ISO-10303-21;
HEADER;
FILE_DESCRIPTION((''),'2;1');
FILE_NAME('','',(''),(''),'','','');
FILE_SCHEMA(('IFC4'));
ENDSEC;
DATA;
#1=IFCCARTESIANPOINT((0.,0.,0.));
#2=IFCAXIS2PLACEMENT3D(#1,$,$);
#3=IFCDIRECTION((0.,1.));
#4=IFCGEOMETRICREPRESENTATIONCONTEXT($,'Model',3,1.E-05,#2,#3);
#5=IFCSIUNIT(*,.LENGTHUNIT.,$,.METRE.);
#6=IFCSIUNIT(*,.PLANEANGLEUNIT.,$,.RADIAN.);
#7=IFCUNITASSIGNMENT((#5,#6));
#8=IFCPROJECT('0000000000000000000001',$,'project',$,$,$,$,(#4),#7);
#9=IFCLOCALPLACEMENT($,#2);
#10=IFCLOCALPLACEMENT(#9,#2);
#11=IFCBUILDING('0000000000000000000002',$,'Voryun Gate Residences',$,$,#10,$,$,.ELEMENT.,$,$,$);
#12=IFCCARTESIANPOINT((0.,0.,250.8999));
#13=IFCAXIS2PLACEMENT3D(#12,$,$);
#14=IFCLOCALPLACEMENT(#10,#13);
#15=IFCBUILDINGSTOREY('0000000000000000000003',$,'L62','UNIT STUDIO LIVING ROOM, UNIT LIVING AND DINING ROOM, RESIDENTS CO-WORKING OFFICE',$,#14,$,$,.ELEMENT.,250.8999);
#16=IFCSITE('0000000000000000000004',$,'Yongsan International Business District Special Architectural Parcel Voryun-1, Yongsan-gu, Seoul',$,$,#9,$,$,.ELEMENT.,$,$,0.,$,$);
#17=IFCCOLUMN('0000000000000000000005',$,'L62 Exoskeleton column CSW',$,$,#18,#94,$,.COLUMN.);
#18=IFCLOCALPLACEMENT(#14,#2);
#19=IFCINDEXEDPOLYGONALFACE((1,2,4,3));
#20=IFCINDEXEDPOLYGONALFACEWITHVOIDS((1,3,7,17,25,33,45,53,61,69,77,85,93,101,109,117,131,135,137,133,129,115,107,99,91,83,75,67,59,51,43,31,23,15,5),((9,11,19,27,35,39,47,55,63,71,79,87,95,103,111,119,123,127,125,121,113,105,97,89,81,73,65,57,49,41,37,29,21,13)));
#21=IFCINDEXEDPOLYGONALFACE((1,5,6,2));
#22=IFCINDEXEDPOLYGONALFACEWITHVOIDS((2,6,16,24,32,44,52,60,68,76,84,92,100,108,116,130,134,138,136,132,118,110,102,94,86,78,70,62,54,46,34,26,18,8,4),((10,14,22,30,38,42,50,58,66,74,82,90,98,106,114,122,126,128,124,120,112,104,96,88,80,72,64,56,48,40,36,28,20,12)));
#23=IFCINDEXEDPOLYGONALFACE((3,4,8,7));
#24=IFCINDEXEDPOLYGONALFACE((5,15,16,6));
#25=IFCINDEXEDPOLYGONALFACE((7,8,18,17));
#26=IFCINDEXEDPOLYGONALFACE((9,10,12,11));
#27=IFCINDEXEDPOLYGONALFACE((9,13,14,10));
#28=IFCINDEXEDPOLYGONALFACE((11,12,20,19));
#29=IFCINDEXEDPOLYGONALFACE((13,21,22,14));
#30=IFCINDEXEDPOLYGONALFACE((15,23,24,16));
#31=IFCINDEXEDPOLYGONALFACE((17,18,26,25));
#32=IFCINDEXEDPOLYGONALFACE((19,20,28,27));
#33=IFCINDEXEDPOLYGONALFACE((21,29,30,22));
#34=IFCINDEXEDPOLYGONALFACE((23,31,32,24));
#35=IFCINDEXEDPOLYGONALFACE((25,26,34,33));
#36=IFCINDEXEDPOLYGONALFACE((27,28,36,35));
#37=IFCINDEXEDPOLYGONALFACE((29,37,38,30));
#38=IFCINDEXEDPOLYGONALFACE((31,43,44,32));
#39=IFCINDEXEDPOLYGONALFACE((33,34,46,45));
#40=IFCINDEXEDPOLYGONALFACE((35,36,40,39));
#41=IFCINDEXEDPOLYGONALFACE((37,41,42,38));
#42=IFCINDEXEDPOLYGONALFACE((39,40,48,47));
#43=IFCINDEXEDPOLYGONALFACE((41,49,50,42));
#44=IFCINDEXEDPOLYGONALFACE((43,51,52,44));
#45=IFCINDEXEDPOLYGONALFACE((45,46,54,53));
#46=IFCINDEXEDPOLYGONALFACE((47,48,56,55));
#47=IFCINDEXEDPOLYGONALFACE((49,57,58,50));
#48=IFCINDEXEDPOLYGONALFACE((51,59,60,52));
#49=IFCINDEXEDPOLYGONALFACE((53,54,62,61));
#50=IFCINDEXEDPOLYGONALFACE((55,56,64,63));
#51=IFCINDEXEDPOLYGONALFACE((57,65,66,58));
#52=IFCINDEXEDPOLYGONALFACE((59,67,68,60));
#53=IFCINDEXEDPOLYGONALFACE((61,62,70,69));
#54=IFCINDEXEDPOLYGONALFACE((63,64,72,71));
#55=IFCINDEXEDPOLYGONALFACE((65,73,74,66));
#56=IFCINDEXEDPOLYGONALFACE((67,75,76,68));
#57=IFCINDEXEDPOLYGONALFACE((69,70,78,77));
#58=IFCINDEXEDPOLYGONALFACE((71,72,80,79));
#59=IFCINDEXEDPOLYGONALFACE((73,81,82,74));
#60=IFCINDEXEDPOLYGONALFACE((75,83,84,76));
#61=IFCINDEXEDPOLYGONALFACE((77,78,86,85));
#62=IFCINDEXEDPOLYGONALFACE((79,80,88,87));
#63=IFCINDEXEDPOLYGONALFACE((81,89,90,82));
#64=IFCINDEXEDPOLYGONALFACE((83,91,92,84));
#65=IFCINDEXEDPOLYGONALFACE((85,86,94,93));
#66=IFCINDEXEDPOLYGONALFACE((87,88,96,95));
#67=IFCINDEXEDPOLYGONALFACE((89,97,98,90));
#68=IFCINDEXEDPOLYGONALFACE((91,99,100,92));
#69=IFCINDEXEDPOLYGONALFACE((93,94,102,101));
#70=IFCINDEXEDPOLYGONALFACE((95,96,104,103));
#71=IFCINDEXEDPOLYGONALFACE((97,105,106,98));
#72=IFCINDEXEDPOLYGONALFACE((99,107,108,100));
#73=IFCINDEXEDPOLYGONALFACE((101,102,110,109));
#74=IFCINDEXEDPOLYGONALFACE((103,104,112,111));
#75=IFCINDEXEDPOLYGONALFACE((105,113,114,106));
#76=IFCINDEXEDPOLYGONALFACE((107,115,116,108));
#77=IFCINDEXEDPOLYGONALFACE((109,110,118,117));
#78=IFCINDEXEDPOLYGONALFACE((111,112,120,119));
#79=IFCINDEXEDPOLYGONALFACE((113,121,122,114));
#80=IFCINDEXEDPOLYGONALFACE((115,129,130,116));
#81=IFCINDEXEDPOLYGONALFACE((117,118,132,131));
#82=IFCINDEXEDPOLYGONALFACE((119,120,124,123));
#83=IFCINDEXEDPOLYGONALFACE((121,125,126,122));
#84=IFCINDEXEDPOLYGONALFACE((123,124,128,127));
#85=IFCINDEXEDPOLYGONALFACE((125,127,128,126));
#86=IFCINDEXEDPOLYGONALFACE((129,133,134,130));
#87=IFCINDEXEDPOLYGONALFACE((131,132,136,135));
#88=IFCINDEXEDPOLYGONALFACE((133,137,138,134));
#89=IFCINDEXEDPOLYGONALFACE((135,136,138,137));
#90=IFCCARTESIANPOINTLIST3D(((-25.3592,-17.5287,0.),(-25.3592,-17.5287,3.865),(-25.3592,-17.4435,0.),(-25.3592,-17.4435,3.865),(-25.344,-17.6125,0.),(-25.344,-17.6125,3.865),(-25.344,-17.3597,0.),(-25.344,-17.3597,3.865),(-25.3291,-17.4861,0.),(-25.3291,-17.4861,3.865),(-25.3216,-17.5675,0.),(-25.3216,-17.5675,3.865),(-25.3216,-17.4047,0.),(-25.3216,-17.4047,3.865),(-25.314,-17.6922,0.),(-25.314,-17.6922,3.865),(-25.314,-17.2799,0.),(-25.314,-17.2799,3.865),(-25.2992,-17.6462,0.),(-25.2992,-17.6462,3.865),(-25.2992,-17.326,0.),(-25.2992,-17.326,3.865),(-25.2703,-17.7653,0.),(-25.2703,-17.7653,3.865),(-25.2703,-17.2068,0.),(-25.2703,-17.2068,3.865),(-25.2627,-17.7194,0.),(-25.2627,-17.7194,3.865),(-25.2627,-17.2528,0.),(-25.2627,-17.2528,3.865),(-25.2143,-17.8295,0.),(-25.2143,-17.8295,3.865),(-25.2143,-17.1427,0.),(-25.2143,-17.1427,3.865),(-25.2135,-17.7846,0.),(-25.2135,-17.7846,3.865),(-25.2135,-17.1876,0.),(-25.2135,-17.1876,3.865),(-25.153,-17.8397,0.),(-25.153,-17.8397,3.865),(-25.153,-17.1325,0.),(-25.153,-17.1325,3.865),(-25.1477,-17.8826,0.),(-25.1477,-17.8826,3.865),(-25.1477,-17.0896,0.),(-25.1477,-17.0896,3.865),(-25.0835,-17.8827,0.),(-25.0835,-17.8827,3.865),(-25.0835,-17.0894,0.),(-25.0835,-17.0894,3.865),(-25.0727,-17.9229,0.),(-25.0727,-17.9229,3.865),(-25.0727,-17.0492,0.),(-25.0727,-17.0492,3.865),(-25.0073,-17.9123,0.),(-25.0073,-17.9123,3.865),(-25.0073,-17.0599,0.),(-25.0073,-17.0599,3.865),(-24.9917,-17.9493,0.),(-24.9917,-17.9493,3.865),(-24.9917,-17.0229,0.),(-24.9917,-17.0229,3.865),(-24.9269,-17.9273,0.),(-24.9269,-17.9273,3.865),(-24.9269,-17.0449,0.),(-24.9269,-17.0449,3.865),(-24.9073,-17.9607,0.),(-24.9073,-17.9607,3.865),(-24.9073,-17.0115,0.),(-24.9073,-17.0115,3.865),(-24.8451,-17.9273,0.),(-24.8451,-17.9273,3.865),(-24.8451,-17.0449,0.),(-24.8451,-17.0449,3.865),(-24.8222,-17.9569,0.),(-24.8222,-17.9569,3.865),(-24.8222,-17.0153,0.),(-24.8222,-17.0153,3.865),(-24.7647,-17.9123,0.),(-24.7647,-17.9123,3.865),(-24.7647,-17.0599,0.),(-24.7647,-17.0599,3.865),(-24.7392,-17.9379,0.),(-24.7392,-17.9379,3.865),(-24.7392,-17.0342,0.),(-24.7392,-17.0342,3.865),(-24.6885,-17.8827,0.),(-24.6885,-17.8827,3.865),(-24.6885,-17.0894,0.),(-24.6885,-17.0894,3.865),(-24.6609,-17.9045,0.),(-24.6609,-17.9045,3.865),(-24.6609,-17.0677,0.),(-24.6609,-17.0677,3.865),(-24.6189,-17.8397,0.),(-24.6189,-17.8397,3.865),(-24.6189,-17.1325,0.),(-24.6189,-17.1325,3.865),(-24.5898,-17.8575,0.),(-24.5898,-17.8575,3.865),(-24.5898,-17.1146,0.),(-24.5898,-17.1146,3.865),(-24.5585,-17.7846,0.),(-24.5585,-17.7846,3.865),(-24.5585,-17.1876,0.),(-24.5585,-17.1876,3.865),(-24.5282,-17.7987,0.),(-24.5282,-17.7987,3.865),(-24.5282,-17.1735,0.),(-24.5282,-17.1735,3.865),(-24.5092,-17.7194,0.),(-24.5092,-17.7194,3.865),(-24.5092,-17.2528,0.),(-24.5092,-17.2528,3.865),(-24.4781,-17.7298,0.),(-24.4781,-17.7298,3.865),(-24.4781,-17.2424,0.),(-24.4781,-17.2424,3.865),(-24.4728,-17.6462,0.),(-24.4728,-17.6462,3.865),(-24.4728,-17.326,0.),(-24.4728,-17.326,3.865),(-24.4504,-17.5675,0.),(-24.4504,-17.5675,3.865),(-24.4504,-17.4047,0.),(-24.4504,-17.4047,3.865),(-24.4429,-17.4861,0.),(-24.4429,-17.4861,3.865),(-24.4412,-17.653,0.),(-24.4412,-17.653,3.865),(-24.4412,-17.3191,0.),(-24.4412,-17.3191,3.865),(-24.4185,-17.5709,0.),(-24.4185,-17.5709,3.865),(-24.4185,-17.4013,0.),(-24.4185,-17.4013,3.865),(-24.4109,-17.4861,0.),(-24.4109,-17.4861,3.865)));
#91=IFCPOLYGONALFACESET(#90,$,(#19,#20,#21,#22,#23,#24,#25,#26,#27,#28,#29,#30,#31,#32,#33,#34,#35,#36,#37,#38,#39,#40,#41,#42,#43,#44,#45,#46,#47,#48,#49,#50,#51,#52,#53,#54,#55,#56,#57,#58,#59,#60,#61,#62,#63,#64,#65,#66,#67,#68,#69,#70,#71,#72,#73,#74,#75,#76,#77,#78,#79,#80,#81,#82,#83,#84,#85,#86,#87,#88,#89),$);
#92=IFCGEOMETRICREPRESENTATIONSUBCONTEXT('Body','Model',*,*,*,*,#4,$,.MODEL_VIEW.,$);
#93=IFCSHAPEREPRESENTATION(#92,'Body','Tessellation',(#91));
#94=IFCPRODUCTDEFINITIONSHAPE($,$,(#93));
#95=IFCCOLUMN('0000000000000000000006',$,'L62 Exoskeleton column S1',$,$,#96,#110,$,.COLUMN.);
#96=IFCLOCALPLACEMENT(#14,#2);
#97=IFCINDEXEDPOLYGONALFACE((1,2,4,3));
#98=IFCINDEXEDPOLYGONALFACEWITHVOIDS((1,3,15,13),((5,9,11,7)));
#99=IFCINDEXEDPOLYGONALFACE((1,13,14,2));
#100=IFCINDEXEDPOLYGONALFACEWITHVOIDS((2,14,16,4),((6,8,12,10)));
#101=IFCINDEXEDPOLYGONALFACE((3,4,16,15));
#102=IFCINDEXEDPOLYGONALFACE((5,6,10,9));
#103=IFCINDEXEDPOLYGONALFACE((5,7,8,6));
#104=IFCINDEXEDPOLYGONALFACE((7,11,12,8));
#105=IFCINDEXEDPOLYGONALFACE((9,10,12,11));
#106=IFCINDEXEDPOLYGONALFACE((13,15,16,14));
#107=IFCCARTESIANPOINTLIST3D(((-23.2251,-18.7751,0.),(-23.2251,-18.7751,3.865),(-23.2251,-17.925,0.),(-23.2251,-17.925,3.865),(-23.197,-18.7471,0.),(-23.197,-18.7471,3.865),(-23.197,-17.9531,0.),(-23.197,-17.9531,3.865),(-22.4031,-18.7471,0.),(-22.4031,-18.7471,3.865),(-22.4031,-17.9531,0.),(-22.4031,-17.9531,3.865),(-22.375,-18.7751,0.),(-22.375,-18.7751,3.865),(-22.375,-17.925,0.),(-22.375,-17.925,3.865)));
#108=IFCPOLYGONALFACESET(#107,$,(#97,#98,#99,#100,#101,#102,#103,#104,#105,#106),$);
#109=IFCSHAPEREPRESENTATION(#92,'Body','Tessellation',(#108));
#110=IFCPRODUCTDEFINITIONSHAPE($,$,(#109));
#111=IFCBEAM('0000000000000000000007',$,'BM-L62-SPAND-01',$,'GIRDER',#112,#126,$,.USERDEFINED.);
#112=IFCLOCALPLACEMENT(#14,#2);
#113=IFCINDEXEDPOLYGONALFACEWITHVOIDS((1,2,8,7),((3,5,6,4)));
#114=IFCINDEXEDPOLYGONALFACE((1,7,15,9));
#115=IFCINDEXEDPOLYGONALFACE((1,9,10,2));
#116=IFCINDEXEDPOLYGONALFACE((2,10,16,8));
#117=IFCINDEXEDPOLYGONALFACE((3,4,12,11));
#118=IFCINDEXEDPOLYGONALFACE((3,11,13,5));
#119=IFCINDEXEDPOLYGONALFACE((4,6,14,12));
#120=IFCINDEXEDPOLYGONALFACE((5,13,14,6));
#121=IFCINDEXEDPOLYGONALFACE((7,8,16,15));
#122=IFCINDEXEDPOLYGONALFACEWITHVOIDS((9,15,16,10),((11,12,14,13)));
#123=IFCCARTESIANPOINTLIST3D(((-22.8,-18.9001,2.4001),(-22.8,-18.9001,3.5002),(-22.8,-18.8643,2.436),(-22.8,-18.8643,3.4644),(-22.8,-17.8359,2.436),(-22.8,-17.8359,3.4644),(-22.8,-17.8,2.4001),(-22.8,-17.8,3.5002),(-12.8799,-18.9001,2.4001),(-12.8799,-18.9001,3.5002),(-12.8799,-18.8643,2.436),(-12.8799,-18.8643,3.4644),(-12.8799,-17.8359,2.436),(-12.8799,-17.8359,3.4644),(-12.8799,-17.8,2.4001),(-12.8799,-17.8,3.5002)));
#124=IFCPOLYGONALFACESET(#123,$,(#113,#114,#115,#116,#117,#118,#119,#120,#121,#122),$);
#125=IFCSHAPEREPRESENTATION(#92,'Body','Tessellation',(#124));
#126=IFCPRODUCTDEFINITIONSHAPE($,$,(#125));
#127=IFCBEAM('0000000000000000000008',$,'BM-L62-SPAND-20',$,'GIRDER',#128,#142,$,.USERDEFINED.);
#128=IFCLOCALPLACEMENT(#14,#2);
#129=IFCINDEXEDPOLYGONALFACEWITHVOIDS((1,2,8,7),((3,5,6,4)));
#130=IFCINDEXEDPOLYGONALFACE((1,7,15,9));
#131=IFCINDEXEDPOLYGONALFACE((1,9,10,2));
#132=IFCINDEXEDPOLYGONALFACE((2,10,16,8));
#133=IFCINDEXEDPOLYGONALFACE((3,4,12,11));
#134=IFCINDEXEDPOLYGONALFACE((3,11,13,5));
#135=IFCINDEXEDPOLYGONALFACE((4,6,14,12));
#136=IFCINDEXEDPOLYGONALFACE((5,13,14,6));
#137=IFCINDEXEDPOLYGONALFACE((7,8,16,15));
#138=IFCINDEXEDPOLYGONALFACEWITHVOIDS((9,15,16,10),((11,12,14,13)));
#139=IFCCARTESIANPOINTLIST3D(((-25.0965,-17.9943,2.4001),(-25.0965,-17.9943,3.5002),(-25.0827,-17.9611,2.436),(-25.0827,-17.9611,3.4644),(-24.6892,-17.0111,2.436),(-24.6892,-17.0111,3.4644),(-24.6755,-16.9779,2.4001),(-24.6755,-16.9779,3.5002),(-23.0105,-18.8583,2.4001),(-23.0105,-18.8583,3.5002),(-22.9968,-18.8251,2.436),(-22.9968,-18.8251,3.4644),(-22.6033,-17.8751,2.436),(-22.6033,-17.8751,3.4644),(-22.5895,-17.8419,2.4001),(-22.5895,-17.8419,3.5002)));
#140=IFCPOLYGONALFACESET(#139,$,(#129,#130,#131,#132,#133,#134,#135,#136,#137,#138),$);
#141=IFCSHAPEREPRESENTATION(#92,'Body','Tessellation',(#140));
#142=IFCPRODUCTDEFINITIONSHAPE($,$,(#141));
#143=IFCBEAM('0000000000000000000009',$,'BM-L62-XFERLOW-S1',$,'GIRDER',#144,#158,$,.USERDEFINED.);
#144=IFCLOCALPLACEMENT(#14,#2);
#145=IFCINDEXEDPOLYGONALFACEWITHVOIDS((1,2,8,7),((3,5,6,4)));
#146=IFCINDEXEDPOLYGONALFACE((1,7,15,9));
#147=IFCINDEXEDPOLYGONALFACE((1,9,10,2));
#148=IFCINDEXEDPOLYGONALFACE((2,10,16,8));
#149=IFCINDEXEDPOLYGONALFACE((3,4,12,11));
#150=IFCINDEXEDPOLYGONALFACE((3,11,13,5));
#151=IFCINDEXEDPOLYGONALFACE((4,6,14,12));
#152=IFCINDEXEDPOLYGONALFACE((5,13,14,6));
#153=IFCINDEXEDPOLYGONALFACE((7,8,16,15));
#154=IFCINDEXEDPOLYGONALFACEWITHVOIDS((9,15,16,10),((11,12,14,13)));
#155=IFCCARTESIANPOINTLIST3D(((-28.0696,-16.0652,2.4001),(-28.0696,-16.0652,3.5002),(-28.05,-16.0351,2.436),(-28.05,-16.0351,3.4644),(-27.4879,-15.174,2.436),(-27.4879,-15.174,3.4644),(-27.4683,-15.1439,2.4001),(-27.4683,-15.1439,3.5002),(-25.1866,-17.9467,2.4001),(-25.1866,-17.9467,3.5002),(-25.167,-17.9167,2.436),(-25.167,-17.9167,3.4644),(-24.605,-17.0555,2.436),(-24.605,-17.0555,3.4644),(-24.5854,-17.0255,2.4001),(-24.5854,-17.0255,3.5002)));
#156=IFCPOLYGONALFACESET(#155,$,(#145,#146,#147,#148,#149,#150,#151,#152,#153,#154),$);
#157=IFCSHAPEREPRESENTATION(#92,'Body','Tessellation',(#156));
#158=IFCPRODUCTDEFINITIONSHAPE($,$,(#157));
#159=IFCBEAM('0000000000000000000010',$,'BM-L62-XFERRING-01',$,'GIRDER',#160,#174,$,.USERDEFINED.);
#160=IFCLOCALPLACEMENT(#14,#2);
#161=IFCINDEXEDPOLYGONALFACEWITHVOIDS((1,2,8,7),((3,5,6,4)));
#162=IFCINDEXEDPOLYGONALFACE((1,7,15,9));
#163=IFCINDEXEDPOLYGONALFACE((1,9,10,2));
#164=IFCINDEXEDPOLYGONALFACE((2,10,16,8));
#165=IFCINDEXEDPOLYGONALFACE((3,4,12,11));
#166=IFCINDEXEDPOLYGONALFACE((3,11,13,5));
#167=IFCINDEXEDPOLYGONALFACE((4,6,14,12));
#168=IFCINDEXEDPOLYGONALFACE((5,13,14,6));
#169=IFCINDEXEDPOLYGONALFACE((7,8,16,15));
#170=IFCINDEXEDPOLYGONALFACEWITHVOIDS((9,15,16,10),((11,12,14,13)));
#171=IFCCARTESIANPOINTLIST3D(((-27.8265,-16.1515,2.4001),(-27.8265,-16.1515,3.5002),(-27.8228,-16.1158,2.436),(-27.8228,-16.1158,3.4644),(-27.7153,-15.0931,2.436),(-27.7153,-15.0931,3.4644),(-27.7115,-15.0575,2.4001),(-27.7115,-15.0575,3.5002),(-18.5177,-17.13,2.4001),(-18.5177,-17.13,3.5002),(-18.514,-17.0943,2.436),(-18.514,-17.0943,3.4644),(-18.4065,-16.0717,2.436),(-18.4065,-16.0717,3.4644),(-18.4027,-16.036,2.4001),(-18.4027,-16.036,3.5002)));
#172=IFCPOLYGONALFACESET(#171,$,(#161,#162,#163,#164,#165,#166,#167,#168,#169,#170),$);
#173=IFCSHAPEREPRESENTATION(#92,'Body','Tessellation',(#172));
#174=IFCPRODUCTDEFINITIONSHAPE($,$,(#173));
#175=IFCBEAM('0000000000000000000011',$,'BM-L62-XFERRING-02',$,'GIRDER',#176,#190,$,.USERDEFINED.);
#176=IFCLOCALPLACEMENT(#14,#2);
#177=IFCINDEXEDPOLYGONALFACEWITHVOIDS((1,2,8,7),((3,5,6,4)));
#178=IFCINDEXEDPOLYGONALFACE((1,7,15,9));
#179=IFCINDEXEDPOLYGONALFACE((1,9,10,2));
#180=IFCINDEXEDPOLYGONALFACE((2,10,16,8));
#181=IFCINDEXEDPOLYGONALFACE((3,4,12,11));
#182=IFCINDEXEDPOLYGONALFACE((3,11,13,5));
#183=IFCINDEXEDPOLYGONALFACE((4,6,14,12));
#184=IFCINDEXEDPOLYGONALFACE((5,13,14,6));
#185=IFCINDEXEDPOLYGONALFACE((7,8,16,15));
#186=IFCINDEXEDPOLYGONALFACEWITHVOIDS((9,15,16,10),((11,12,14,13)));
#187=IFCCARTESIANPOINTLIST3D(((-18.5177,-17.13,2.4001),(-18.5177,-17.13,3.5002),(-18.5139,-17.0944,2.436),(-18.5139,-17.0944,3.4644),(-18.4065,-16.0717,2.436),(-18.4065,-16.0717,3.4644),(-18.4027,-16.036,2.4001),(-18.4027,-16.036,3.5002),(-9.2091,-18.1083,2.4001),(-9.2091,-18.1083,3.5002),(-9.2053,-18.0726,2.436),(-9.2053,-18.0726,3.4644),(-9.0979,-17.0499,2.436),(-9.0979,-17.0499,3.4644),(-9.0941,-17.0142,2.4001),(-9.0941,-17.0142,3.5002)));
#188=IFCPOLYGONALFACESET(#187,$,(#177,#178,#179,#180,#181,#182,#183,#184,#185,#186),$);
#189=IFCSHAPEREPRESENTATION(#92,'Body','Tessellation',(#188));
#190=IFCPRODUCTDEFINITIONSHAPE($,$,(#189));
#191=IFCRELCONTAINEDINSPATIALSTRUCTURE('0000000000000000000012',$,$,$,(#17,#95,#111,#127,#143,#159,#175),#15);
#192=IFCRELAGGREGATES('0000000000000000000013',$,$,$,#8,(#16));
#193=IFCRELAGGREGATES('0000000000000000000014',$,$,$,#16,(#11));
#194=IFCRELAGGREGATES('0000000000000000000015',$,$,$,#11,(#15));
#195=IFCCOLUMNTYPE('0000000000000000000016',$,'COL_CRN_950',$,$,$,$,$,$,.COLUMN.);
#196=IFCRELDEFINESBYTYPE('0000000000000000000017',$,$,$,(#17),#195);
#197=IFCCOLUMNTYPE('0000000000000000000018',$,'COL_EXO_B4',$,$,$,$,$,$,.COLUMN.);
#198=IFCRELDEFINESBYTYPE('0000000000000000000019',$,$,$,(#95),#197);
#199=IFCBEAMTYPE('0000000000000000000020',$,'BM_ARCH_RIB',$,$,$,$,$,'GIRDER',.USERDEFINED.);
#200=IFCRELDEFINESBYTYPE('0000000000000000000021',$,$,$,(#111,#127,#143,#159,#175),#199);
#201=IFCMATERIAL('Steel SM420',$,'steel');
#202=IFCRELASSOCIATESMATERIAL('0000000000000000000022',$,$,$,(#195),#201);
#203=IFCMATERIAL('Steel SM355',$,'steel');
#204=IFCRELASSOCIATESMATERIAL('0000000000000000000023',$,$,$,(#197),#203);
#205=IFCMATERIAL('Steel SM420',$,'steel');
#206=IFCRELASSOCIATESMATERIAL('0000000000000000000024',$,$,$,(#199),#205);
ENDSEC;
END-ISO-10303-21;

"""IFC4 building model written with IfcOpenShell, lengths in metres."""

from ifc_helpers import new_model, si_unit, direction, frame, origin, origin_2d, place, context, subcontext, project, spatial, hollow_rectangle, hollow_circle, extrude, material, material_profile, profile_set, type_object, element, save


model = new_model("IFC4")

# Units and contexts
model_context = context("Model", 3, precision=1e-05, world=origin(), true_north=direction((0.0, 1.0)))
body_context = subcontext(model_context, "Body", "Model", "MODEL_VIEW")
ifc_project = project(units=[si_unit("LENGTHUNIT", "METRE"), si_unit("PLANEANGLEUNIT", "RADIAN")], contexts=[model_context])

# Site, building, storey
site_placement = place(None, origin())
site = spatial("IfcSite", under=ifc_project, at=site_placement, Name="Yongsan International Business District Special Architectural Parcel Voryun-1, Yongsan-gu, Seoul", CompositionType="ELEMENT", RefElevation=0.0)
building_placement = place(site_placement, origin())
building = spatial("IfcBuilding", under=site, at=building_placement, Name="Voryun Gate Residences", CompositionType="ELEMENT")
storey_placement = place(building_placement, frame((0.0, 0.0, 250.8999)))
storey = spatial("IfcBuildingStorey", under=building, at=storey_placement, Name="L62", Description="UNIT STUDIO LIVING ROOM, UNIT LIVING AND DINING ROOM, RESIDENTS CO-WORKING OFFICE", CompositionType="ELEMENT", Elevation=250.8999)

# Columns
ifc_material_1 = material(Name="Steel SM420", Category="steel")
ifc_material_profile_1 = material_profile(ifc_material_1, hollow_circle(Radius=0.4751, WallThickness=0.032, at=origin_2d()), Name="CHS-950x32")
ifc_profile_set_1 = profile_set([ifc_material_profile_1], Name="Steel SM420")
column_type_1 = type_object("IfcColumnType", Name="COL_CRN_950", PredefinedType="COLUMN", material=ifc_profile_set_1)
column_1_placement = place(storey_placement, frame((-24.886, -17.4861, 0.0), z_axis=(0.0, 0.0, 1.0), x_axis=(1.0, 0.0, 0.0)))
element("IfcColumn", 1, at=column_1_placement, inside=storey, type_object=column_type_1, Name="L62 Exoskeleton column CSW", PredefinedType="COLUMN", context=body_context, shape_type="SweptSolid", body=[
    extrude(hollow_circle(Radius=0.4751, WallThickness=0.032, at=origin_2d()), origin(), (0.0, 0.0, 1.0), 3.865),
])
ifc_material_2 = material(Name="Steel SM355", Category="steel")
ifc_material_profile_2 = material_profile(ifc_material_2, hollow_rectangle(XDim=0.8501, YDim=0.8501, WallThickness=0.0281, at=origin_2d()), Name="BOX-850x850x28")
ifc_profile_set_2 = profile_set([ifc_material_profile_2], Name="Steel SM355")
column_type_2 = type_object("IfcColumnType", Name="COL_EXO_B4", PredefinedType="COLUMN", material=ifc_profile_set_2)
column_2_placement = place(storey_placement, frame((-22.8, -18.3501, 0.0), z_axis=(0.0, 0.0, 1.0), x_axis=(1.0, 0.0, 0.0)))
element("IfcColumn", 2, at=column_2_placement, inside=storey, type_object=column_type_2, Name="L62 Exoskeleton column S1", PredefinedType="COLUMN", context=body_context, shape_type="SweptSolid", body=[
    extrude(hollow_rectangle(XDim=0.8501, YDim=0.8501, WallThickness=0.0281, at=origin_2d()), origin(), (0.0, 0.0, 1.0), 3.865),
])

# Beams
ifc_material_3 = material(Name="Steel SM420", Category="steel")
ifc_material_profile_3 = material_profile(ifc_material_3, hollow_rectangle(XDim=1.1001, YDim=1.1001, WallThickness=0.0359, at=origin_2d()), Name="BOX-1100x1100x36")
ifc_profile_set_3 = profile_set([ifc_material_profile_3], Name="Steel SM420")
beam_type = type_object("IfcBeamType", Name="BM_ARCH_RIB", ElementType="GIRDER", PredefinedType="USERDEFINED", material=ifc_profile_set_3)
beam_1_placement = place(storey_placement, frame((-22.8, -18.3501, 2.9502), z_axis=(1.0, 0.0, 0.0), x_axis=(0.0, 1.0, 0.0)))
element("IfcBeam", 3, at=beam_1_placement, inside=storey, type_object=beam_type, Name="BM-L62-SPAND-01", ObjectType="GIRDER", PredefinedType="USERDEFINED", context=body_context, shape_type="SweptSolid", body=[
    extrude(hollow_rectangle(XDim=1.1001, YDim=1.1001, WallThickness=0.0359, at=origin_2d()), origin(), (0.0, 0.0, 1.0), 9.9202),
])
beam_2_placement = place(storey_placement, frame((-24.886, -17.4861, 2.9502), z_axis=(0.923881, -0.38268, 0.0), x_axis=(0.38268, 0.923881, 0.0)))
element("IfcBeam", 4, at=beam_2_placement, inside=storey, type_object=beam_type, Name="BM-L62-SPAND-20", ObjectType="GIRDER", PredefinedType="USERDEFINED", context=body_context, shape_type="SweptSolid", body=[
    extrude(hollow_rectangle(XDim=1.1001, YDim=1.1001, WallThickness=0.0359, at=origin_2d()), origin(), (0.0, 0.0, 1.0), 2.2578),
])
beam_3_placement = place(storey_placement, frame((-24.886, -17.4861, 2.9502), z_axis=(-0.837433, 0.54654, 0.0), x_axis=(-0.54654, -0.837433, 0.0)))
element("IfcBeam", 5, at=beam_3_placement, inside=storey, type_object=beam_type, Name="BM-L62-XFERLOW-S1", ObjectType="GIRDER", PredefinedType="USERDEFINED", context=body_context, shape_type="SweptSolid", body=[
    extrude(hollow_rectangle(XDim=1.1001, YDim=1.1001, WallThickness=0.0359, at=origin_2d()), origin(), (0.0, 0.0, 1.0), 3.4426),
])
beam_4_placement = place(storey_placement, frame((-27.769, -15.6045, 2.9502), z_axis=(0.994521, -0.104541, 0.0), x_axis=(0.104541, 0.994521, 0.0)))
element("IfcBeam", 6, at=beam_4_placement, inside=storey, type_object=beam_type, Name="BM-L62-XFERRING-01", ObjectType="GIRDER", PredefinedType="USERDEFINED", context=body_context, shape_type="SweptSolid", body=[
    extrude(hollow_rectangle(XDim=1.1001, YDim=1.1001, WallThickness=0.0359, at=origin_2d()), origin(), (0.0, 0.0, 1.0), 9.3601),
])
beam_5_placement = place(storey_placement, frame((-18.4602, -16.583, 2.9502), z_axis=(0.994523, -0.104518, 0.0), x_axis=(0.104518, 0.994523, 0.0)))
element("IfcBeam", 7, at=beam_5_placement, inside=storey, type_object=beam_type, Name="BM-L62-XFERRING-02", ObjectType="GIRDER", PredefinedType="USERDEFINED", context=body_context, shape_type="SweptSolid", body=[
    extrude(hollow_rectangle(XDim=1.1001, YDim=1.1001, WallThickness=0.0359, at=origin_2d()), origin(), (0.0, 0.0, 1.0), 9.3599),
])

save(model, "model.ifc")
